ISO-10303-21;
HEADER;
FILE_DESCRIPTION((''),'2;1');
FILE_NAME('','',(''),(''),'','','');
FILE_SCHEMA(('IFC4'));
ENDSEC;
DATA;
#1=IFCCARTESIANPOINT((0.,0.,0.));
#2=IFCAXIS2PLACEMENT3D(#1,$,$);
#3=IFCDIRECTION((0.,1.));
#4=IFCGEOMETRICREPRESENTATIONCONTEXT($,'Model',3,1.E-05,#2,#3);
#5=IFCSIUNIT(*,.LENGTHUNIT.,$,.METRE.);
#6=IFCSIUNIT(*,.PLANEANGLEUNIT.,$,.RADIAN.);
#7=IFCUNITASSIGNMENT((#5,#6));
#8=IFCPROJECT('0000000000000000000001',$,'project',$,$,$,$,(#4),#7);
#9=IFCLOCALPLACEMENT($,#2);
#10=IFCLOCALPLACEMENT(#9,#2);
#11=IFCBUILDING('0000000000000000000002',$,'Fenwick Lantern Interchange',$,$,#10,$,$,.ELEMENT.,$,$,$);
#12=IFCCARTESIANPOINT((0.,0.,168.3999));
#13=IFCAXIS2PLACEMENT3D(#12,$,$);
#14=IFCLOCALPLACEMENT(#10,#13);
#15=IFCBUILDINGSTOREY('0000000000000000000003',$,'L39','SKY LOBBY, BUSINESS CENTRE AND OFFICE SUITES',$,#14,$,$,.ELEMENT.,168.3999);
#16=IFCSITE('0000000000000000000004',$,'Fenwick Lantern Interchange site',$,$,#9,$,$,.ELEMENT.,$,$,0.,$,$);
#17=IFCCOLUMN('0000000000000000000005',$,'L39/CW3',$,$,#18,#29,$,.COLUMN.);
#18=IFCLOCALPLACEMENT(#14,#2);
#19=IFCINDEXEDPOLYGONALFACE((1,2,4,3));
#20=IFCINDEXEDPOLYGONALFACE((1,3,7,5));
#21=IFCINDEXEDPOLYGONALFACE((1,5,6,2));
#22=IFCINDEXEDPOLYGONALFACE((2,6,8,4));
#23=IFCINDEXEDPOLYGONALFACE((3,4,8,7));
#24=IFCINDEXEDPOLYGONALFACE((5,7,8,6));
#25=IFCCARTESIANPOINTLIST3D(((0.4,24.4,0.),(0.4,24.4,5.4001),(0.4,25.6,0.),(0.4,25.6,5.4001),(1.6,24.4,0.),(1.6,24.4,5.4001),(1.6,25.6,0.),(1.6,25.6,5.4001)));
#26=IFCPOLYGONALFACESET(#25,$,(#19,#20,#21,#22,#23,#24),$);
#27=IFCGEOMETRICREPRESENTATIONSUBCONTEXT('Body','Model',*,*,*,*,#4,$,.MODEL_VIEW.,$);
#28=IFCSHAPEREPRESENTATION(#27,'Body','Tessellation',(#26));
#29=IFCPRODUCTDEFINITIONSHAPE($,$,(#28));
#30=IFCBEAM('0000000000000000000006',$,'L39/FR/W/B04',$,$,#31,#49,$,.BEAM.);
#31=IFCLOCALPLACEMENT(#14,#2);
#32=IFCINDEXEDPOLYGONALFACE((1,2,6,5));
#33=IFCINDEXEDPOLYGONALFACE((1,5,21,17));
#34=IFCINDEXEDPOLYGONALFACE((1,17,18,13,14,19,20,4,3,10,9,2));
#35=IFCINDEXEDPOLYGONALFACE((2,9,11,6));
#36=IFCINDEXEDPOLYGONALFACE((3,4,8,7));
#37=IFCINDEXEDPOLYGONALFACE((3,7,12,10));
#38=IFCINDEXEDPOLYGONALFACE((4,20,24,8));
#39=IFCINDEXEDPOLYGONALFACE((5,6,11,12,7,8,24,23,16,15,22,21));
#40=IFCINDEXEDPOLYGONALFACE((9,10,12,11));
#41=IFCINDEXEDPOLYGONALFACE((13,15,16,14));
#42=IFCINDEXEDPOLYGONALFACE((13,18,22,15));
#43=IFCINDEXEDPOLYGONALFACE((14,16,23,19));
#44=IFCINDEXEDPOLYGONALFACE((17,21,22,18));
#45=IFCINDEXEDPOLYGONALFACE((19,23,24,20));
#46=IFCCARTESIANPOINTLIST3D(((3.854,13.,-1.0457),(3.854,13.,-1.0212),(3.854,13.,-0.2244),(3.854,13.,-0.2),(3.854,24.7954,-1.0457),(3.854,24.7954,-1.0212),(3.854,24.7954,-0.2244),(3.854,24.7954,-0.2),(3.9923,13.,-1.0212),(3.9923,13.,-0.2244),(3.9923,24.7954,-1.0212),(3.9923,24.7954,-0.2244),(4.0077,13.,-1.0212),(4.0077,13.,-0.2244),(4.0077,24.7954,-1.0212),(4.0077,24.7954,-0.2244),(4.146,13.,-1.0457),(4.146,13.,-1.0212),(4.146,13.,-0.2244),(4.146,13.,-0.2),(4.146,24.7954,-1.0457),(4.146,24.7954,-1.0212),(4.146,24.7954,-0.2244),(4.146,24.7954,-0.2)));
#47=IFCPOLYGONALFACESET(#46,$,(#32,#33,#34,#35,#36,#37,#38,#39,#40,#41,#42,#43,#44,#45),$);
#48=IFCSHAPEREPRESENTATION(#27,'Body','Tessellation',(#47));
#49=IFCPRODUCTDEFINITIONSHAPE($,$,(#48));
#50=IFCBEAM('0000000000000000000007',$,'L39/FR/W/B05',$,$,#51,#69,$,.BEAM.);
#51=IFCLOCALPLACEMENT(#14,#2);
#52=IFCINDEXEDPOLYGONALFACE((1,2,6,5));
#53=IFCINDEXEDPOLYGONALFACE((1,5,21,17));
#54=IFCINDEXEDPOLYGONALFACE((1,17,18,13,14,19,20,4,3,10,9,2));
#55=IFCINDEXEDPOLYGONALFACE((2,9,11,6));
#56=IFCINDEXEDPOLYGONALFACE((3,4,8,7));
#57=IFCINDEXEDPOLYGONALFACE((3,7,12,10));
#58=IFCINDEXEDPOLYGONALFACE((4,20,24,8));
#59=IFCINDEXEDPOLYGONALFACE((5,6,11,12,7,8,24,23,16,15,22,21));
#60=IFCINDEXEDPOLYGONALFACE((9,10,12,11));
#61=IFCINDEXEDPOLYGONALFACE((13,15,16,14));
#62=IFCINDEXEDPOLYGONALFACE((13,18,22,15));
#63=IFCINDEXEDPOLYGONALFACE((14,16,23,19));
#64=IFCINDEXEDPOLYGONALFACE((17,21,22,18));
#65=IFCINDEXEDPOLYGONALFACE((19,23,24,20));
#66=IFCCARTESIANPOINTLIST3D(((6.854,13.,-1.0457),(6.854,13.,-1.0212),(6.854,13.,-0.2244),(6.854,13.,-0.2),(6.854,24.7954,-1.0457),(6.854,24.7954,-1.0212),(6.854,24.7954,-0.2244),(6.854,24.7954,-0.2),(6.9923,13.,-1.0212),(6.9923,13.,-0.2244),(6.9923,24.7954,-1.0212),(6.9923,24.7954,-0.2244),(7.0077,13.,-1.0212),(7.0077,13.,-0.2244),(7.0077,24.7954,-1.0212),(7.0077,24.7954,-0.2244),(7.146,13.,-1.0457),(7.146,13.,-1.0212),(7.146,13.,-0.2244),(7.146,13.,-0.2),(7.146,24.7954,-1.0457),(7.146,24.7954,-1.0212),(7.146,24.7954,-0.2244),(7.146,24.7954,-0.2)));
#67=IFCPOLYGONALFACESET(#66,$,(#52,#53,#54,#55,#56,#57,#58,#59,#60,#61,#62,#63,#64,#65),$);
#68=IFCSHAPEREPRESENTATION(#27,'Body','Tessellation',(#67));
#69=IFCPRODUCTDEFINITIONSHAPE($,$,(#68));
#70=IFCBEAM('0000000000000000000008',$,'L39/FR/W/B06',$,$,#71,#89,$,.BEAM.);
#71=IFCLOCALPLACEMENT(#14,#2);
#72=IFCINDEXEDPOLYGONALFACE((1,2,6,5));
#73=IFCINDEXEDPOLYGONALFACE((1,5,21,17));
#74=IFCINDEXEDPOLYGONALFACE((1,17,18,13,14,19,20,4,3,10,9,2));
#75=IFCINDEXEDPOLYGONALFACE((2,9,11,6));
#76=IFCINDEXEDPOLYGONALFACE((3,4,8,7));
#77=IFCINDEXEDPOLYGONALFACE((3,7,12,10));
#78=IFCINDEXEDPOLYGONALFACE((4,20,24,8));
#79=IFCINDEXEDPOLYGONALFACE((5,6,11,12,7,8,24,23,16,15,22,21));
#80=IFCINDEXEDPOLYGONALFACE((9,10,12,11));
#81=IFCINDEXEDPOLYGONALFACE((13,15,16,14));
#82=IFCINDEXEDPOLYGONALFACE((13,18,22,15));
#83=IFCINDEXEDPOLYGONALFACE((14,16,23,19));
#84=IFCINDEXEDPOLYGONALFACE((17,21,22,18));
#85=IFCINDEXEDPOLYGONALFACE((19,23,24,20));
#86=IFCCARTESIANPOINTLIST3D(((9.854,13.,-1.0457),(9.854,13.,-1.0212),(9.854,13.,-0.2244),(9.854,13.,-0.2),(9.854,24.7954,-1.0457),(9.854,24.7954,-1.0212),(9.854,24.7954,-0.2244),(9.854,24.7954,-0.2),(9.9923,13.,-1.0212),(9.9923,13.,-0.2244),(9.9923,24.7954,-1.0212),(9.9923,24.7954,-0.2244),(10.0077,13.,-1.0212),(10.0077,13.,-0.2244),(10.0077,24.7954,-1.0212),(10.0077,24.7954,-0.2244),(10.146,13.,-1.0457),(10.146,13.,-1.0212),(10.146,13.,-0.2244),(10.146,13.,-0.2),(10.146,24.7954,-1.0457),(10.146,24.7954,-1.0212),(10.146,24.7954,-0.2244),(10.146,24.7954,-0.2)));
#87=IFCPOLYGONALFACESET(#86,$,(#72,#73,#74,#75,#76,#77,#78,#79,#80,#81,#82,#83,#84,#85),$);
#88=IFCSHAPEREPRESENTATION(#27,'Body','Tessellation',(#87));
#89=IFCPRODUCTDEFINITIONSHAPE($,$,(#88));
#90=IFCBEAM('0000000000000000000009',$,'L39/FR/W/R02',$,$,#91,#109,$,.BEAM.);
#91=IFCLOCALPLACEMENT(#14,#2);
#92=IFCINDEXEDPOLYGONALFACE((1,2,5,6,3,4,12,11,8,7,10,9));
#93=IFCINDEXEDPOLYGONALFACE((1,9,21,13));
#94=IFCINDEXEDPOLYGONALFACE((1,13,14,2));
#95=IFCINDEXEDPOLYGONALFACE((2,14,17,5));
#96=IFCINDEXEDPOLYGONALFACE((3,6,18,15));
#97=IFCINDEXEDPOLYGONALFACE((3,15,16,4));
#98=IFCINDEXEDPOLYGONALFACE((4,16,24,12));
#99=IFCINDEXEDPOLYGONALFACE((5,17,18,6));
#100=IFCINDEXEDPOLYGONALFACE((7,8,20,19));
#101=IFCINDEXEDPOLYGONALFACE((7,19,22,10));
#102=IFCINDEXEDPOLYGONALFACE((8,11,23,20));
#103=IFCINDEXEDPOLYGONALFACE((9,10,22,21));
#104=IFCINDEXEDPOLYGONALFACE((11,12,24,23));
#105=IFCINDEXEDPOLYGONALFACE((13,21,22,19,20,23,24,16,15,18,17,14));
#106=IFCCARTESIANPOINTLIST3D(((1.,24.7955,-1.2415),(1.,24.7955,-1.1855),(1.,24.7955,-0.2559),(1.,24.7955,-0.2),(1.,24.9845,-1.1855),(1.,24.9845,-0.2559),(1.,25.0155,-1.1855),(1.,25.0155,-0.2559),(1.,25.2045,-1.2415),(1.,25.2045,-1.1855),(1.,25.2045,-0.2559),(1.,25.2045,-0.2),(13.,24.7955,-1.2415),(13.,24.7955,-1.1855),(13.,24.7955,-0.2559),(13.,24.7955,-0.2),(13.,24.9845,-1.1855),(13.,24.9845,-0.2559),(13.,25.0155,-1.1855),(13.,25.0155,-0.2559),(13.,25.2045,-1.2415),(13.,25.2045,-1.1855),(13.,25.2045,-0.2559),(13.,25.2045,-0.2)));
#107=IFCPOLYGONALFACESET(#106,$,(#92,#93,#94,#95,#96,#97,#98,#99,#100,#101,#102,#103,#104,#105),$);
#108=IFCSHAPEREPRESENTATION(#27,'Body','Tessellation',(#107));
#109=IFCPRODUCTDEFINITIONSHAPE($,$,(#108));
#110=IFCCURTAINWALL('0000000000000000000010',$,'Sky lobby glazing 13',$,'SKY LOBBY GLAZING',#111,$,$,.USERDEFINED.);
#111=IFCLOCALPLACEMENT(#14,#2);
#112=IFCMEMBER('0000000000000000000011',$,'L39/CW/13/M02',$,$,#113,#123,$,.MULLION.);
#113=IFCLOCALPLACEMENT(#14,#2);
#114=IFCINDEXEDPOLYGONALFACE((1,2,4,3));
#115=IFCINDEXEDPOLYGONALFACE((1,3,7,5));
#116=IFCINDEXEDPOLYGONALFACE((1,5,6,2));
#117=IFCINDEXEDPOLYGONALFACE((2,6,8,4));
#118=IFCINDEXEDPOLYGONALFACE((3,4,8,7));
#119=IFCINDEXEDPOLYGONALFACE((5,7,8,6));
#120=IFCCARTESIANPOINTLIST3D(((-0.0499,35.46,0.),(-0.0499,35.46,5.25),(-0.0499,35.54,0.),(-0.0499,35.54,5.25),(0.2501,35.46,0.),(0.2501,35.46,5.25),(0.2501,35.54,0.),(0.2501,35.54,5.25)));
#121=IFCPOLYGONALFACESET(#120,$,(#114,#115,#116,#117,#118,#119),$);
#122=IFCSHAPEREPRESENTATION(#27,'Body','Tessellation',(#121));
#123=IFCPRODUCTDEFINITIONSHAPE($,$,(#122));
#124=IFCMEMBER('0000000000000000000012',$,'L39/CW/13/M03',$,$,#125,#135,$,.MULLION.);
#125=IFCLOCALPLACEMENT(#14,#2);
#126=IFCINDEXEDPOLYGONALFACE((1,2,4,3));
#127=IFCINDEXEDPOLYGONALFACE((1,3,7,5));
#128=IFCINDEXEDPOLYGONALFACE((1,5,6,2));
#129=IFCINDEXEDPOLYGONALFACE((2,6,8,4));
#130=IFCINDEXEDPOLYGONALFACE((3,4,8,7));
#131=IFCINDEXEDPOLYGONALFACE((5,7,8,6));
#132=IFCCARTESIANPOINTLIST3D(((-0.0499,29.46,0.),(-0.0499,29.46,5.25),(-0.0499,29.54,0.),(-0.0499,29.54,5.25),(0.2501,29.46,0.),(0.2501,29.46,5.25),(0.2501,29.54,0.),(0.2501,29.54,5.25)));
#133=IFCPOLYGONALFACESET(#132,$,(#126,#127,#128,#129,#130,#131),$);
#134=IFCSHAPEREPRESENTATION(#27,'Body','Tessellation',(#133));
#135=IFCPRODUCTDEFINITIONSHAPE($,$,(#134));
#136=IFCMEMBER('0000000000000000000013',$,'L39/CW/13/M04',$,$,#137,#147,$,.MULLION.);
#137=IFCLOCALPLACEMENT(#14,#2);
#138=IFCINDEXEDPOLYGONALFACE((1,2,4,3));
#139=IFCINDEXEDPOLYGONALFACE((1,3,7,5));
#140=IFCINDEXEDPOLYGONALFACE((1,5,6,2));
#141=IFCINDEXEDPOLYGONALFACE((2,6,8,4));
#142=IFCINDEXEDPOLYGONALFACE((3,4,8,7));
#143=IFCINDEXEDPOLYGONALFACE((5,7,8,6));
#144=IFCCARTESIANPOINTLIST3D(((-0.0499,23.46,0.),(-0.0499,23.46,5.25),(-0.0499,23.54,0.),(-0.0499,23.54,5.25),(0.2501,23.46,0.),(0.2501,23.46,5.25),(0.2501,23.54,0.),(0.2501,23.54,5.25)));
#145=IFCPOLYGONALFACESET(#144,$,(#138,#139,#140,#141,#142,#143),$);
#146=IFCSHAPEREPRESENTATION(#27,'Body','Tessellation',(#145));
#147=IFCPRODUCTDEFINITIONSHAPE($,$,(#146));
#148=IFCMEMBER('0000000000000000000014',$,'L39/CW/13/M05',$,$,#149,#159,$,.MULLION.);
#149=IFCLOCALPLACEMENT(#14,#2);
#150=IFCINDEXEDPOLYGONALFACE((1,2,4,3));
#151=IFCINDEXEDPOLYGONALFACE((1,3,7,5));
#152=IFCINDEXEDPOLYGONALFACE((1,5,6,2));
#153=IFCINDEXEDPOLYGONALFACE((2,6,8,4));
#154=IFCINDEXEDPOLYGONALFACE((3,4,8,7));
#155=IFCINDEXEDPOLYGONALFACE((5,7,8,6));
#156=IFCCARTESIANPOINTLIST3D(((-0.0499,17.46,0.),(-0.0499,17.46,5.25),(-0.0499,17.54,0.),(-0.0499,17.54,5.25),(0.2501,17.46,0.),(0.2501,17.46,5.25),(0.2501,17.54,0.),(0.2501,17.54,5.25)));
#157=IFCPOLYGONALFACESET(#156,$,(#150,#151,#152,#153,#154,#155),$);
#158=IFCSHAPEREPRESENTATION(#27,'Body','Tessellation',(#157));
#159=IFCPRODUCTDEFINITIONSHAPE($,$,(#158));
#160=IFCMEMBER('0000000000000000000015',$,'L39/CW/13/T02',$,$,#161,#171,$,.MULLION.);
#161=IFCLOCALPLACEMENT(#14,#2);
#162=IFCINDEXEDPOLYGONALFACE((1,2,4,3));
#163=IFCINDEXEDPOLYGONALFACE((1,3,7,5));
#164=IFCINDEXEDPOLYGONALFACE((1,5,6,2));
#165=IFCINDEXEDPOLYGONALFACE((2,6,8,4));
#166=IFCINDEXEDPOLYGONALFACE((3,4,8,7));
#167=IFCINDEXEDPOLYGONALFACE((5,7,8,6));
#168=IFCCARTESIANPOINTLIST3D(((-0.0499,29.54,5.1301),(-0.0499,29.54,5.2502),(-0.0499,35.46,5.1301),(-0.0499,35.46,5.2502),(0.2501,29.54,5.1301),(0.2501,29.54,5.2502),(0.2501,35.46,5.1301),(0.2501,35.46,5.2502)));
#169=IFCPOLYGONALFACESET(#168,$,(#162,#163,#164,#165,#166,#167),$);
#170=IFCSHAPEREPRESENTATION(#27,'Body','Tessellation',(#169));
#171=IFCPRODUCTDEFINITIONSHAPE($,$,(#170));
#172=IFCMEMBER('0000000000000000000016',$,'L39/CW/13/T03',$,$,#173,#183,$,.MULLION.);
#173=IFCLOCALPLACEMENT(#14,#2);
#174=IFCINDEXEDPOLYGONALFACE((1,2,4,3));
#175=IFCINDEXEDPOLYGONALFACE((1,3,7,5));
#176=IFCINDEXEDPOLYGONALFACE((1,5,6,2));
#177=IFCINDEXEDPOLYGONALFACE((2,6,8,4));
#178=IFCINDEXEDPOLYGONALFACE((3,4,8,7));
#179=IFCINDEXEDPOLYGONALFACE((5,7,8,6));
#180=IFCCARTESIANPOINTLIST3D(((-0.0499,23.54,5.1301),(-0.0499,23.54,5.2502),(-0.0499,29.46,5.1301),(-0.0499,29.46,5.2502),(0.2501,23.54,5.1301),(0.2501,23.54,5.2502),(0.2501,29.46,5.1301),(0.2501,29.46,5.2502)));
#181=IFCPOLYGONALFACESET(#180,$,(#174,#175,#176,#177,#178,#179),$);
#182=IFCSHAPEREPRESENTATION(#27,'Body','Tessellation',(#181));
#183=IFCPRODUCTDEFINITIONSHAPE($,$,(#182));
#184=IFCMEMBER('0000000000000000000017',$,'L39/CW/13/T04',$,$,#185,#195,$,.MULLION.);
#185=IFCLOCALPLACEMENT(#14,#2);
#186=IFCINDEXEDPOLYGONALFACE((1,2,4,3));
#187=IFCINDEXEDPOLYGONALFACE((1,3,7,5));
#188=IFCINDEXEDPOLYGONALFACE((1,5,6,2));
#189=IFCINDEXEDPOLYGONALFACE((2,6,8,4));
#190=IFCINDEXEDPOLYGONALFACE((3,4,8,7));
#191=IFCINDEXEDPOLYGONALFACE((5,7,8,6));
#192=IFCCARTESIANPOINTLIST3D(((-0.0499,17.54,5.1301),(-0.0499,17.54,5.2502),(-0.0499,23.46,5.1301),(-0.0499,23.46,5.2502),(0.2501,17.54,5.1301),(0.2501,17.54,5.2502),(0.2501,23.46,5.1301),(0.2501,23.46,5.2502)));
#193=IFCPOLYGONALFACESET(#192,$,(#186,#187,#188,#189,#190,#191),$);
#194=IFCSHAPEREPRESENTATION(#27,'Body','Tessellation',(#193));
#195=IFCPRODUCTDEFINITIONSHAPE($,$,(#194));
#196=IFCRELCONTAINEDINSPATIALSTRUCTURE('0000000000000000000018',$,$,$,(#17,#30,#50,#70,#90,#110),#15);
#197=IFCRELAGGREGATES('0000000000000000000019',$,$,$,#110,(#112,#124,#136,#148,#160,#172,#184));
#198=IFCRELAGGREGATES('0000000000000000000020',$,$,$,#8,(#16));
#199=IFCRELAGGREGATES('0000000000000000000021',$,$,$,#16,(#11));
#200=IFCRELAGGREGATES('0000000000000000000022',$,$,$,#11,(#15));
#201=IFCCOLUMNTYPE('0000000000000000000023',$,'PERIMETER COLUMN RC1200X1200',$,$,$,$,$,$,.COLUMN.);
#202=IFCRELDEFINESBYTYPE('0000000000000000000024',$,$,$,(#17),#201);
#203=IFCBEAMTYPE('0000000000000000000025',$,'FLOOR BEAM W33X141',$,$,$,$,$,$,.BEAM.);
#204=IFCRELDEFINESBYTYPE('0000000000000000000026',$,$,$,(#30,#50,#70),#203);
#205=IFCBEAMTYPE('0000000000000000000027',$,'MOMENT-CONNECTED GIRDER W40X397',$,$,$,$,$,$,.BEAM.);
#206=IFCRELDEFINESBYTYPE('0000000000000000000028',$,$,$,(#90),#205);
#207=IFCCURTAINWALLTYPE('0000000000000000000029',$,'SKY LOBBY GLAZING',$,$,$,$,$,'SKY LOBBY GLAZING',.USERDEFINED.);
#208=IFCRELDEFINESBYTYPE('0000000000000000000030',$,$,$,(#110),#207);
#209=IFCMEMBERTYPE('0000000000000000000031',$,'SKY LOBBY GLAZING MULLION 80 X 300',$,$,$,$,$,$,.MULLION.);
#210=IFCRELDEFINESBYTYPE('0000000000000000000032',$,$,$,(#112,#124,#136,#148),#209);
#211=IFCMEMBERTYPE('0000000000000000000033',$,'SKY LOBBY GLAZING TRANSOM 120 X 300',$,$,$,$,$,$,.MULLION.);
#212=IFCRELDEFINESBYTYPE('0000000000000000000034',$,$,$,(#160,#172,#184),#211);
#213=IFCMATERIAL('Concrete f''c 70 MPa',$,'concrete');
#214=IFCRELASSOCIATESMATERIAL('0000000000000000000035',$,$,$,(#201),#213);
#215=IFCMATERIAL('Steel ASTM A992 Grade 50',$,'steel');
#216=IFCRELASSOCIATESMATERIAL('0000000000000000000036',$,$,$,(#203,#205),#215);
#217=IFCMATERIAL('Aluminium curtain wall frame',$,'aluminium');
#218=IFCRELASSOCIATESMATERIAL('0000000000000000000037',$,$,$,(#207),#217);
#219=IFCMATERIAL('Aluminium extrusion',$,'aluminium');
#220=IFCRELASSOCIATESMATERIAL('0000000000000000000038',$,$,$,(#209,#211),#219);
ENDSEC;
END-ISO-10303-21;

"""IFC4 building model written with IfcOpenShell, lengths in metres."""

from ifc_helpers import new_model, si_unit, direction, frame, origin, origin_2d, place, context, subcontext, project, spatial, rectangle, i_section, extrude, material, material_profile, profile_set, type_object, element, aggregate, save


model = new_model("IFC4")

# Units and contexts
model_context = context("Model", 3, precision=1e-05, world=origin(), true_north=direction((0.0, 1.0)))
body_context = subcontext(model_context, "Body", "Model", "MODEL_VIEW")
ifc_project = project(units=[si_unit("LENGTHUNIT", "METRE"), si_unit("PLANEANGLEUNIT", "RADIAN")], contexts=[model_context])

# Site, building, storey
site_placement = place(None, origin())
site = spatial("IfcSite", under=ifc_project, at=site_placement, Name="Fenwick Lantern Interchange site", CompositionType="ELEMENT", RefElevation=0.0)
building_placement = place(site_placement, origin())
building = spatial("IfcBuilding", under=site, at=building_placement, Name="Fenwick Lantern Interchange", CompositionType="ELEMENT")
storey_placement = place(building_placement, frame((0.0, 0.0, 168.3999)))
storey = spatial("IfcBuildingStorey", under=building, at=storey_placement, Name="L39", Description="SKY LOBBY, BUSINESS CENTRE AND OFFICE SUITES", CompositionType="ELEMENT", Elevation=168.3999)

# Column
ifc_material_1 = material(Name="Concrete f'c 70 MPa", Category="concrete")
ifc_material_profile_1 = material_profile(ifc_material_1, rectangle(XDim=1.2, YDim=1.2, at=origin_2d()), Name="RC1200X1200")
ifc_profile_set_1 = profile_set([ifc_material_profile_1], Name="Concrete f'c 70 MPa")
column_type = type_object("IfcColumnType", Name="PERIMETER COLUMN RC1200X1200", PredefinedType="COLUMN", material=ifc_profile_set_1)
column_placement = place(storey_placement, frame((1.0, 25.0, 0.0), z_axis=(0.0, 0.0, 1.0), x_axis=(1.0, 0.0, 0.0)))
element("IfcColumn", 1, at=column_placement, inside=storey, type_object=column_type, Name="L39/CW3", PredefinedType="COLUMN", context=body_context, shape_type="SweptSolid", body=[
    extrude(rectangle(XDim=1.2, YDim=1.2, at=origin_2d()), origin(), (0.0, 0.0, 1.0), 5.4001),
])

# Beams
ifc_material_2 = material(Name="Steel ASTM A992 Grade 50", Category="steel")
ifc_material_profile_2 = material_profile(ifc_material_2, i_section(OverallWidth=0.292, OverallDepth=0.8457, WebThickness=0.0154, FlangeThickness=0.0244, at=origin_2d()), Name="W33X141")
ifc_profile_set_2 = profile_set([ifc_material_profile_2], Name="Steel ASTM A992 Grade 50")
beam_type_1 = type_object("IfcBeamType", Name="FLOOR BEAM W33X141", PredefinedType="BEAM", material=ifc_profile_set_2)
for number, where, z_axis, x_axis, name in (
    (2, (4.0, 24.7954, -0.6228), (0.0, -1.0, 0.0), (1.0, 0.0, 0.0), "L39/FR/W/B04"),
    (3, (7.0, 24.7954, -0.6228), (0.0, -1.0, 0.0), (1.0, 0.0, 0.0), "L39/FR/W/B05"),
    (4, (10.0, 24.7954, -0.6228), (0.0, -1.0, 0.0), (1.0, 0.0, 0.0), "L39/FR/W/B06"),
):
    element("IfcBeam", number, at=place(storey_placement, frame(where, z_axis=z_axis, x_axis=x_axis)), inside=storey, type_object=beam_type_1, Name=name, PredefinedType="BEAM", context=body_context, shape_type="SweptSolid", body=[
        extrude(i_section(OverallWidth=0.292, OverallDepth=0.8457, WebThickness=0.0154, FlangeThickness=0.0244, at=origin_2d()), origin(), (0.0, 0.0, 1.0), 11.7954),
    ])
ifc_material_profile_3 = material_profile(ifc_material_2, i_section(OverallWidth=0.4089, OverallDepth=1.0415, WebThickness=0.031, FlangeThickness=0.0559, at=origin_2d()), Name="W40X397")
ifc_profile_set_3 = profile_set([ifc_material_profile_3], Name="Steel ASTM A992 Grade 50")
beam_type_2 = type_object("IfcBeamType", Name="MOMENT-CONNECTED GIRDER W40X397", PredefinedType="BEAM", material=ifc_profile_set_3)
beam_placement = place(storey_placement, frame((1.0, 25.0, -0.7207), z_axis=(1.0, 0.0, 0.0), x_axis=(0.0, 1.0, 0.0)))
element("IfcBeam", 5, at=beam_placement, inside=storey, type_object=beam_type_2, Name="L39/FR/W/R02", PredefinedType="BEAM", context=body_context, shape_type="SweptSolid", body=[
    extrude(i_section(OverallWidth=0.4089, OverallDepth=1.0415, WebThickness=0.031, FlangeThickness=0.0559, at=origin_2d()), origin(), (0.0, 0.0, 1.0), 12.0),
])

# Curtain wall, members
ifc_material_3 = material(Name="Aluminium curtain wall frame", Category="aluminium")
curtain_wall_type = type_object("IfcCurtainWallType", Name="SKY LOBBY GLAZING", ElementType="SKY LOBBY GLAZING", PredefinedType="USERDEFINED", material=ifc_material_3)
curtain_wall_placement = place(storey_placement, origin())
curtain_wall = element("IfcCurtainWall", 6, at=curtain_wall_placement, inside=storey, type_object=curtain_wall_type, Name="Sky lobby glazing 13", ObjectType="SKY LOBBY GLAZING", PredefinedType="USERDEFINED")
ifc_material_4 = material(Name="Aluminium extrusion", Category="aluminium")
ifc_material_profile_4 = material_profile(ifc_material_4, rectangle(XDim=0.3, YDim=0.0801, at=origin_2d()), Name="SKY LOBBY GLAZING MULLION 80 X 300")
ifc_profile_set_4 = profile_set([ifc_material_profile_4], Name="Aluminium extrusion")
member_type_1 = type_object("IfcMemberType", Name="SKY LOBBY GLAZING MULLION 80 X 300", PredefinedType="MULLION", material=ifc_profile_set_4)
member_1_placement = place(storey_placement, frame((0.1001, 35.5, 0.0), z_axis=(0.0, 0.0, 1.0), x_axis=(1.0, 0.0, 0.0)))
member_1 = element("IfcMember", 7, at=member_1_placement, type_object=member_type_1, Name="L39/CW/13/M02", PredefinedType="MULLION", context=body_context, shape_type="SweptSolid", body=[
    extrude(rectangle(XDim=0.3, YDim=0.0801, at=origin_2d()), origin(), (0.0, 0.0, 1.0), 5.25),
])
member_2_placement = place(storey_placement, frame((0.1001, 29.5, 0.0), z_axis=(0.0, 0.0, 1.0), x_axis=(1.0, 0.0, 0.0)))
member_2 = element("IfcMember", 8, at=member_2_placement, type_object=member_type_1, Name="L39/CW/13/M03", PredefinedType="MULLION", context=body_context, shape_type="SweptSolid", body=[
    extrude(rectangle(XDim=0.3, YDim=0.0801, at=origin_2d()), origin(), (0.0, 0.0, 1.0), 5.25),
])
member_3_placement = place(storey_placement, frame((0.1001, 23.5, 0.0), z_axis=(0.0, 0.0, 1.0), x_axis=(1.0, 0.0, 0.0)))
member_3 = element("IfcMember", 9, at=member_3_placement, type_object=member_type_1, Name="L39/CW/13/M04", PredefinedType="MULLION", context=body_context, shape_type="SweptSolid", body=[
    extrude(rectangle(XDim=0.3, YDim=0.0801, at=origin_2d()), origin(), (0.0, 0.0, 1.0), 5.25),
])
member_4_placement = place(storey_placement, frame((0.1001, 17.5, 0.0), z_axis=(0.0, 0.0, 1.0), x_axis=(1.0, 0.0, 0.0)))
member_4 = element("IfcMember", 10, at=member_4_placement, type_object=member_type_1, Name="L39/CW/13/M05", PredefinedType="MULLION", context=body_context, shape_type="SweptSolid", body=[
    extrude(rectangle(XDim=0.3, YDim=0.0801, at=origin_2d()), origin(), (0.0, 0.0, 1.0), 5.25),
])
ifc_material_profile_5 = material_profile(ifc_material_4, rectangle(XDim=0.3, YDim=0.1201, at=origin_2d()), Name="SKY LOBBY GLAZING TRANSOM 120 X 300")
ifc_profile_set_5 = profile_set([ifc_material_profile_5], Name="Aluminium extrusion")
member_type_2 = type_object("IfcMemberType", Name="SKY LOBBY GLAZING TRANSOM 120 X 300", PredefinedType="MULLION", material=ifc_profile_set_5)
member_5_placement = place(storey_placement, frame((0.1001, 35.46, 5.1902), z_axis=(0.0, -1.0, 0.0), x_axis=(1.0, 0.0, 0.0)))
member_5 = element("IfcMember", 11, at=member_5_placement, type_object=member_type_2, Name="L39/CW/13/T02", PredefinedType="MULLION", context=body_context, shape_type="SweptSolid", body=[
    extrude(rectangle(XDim=0.3, YDim=0.1201, at=origin_2d()), origin(), (0.0, 0.0, 1.0), 5.9199),
])
member_6_placement = place(storey_placement, frame((0.1001, 29.46, 5.1902), z_axis=(0.0, -1.0, 0.0), x_axis=(1.0, 0.0, 0.0)))
member_6 = element("IfcMember", 12, at=member_6_placement, type_object=member_type_2, Name="L39/CW/13/T03", PredefinedType="MULLION", context=body_context, shape_type="SweptSolid", body=[
    extrude(rectangle(XDim=0.3, YDim=0.1201, at=origin_2d()), origin(), (0.0, 0.0, 1.0), 5.9199),
])
member_7_placement = place(storey_placement, frame((0.1001, 23.46, 5.1902), z_axis=(0.0, -1.0, 0.0), x_axis=(1.0, 0.0, 0.0)))
member_7 = element("IfcMember", 13, at=member_7_placement, type_object=member_type_2, Name="L39/CW/13/T04", PredefinedType="MULLION", context=body_context, shape_type="SweptSolid", body=[
    extrude(rectangle(XDim=0.3, YDim=0.1201, at=origin_2d()), origin(), (0.0, 0.0, 1.0), 5.9199),
])
aggregate(curtain_wall, [member_1, member_2, member_3, member_4, member_5, member_6, member_7])

save(model, "model.ifc")
